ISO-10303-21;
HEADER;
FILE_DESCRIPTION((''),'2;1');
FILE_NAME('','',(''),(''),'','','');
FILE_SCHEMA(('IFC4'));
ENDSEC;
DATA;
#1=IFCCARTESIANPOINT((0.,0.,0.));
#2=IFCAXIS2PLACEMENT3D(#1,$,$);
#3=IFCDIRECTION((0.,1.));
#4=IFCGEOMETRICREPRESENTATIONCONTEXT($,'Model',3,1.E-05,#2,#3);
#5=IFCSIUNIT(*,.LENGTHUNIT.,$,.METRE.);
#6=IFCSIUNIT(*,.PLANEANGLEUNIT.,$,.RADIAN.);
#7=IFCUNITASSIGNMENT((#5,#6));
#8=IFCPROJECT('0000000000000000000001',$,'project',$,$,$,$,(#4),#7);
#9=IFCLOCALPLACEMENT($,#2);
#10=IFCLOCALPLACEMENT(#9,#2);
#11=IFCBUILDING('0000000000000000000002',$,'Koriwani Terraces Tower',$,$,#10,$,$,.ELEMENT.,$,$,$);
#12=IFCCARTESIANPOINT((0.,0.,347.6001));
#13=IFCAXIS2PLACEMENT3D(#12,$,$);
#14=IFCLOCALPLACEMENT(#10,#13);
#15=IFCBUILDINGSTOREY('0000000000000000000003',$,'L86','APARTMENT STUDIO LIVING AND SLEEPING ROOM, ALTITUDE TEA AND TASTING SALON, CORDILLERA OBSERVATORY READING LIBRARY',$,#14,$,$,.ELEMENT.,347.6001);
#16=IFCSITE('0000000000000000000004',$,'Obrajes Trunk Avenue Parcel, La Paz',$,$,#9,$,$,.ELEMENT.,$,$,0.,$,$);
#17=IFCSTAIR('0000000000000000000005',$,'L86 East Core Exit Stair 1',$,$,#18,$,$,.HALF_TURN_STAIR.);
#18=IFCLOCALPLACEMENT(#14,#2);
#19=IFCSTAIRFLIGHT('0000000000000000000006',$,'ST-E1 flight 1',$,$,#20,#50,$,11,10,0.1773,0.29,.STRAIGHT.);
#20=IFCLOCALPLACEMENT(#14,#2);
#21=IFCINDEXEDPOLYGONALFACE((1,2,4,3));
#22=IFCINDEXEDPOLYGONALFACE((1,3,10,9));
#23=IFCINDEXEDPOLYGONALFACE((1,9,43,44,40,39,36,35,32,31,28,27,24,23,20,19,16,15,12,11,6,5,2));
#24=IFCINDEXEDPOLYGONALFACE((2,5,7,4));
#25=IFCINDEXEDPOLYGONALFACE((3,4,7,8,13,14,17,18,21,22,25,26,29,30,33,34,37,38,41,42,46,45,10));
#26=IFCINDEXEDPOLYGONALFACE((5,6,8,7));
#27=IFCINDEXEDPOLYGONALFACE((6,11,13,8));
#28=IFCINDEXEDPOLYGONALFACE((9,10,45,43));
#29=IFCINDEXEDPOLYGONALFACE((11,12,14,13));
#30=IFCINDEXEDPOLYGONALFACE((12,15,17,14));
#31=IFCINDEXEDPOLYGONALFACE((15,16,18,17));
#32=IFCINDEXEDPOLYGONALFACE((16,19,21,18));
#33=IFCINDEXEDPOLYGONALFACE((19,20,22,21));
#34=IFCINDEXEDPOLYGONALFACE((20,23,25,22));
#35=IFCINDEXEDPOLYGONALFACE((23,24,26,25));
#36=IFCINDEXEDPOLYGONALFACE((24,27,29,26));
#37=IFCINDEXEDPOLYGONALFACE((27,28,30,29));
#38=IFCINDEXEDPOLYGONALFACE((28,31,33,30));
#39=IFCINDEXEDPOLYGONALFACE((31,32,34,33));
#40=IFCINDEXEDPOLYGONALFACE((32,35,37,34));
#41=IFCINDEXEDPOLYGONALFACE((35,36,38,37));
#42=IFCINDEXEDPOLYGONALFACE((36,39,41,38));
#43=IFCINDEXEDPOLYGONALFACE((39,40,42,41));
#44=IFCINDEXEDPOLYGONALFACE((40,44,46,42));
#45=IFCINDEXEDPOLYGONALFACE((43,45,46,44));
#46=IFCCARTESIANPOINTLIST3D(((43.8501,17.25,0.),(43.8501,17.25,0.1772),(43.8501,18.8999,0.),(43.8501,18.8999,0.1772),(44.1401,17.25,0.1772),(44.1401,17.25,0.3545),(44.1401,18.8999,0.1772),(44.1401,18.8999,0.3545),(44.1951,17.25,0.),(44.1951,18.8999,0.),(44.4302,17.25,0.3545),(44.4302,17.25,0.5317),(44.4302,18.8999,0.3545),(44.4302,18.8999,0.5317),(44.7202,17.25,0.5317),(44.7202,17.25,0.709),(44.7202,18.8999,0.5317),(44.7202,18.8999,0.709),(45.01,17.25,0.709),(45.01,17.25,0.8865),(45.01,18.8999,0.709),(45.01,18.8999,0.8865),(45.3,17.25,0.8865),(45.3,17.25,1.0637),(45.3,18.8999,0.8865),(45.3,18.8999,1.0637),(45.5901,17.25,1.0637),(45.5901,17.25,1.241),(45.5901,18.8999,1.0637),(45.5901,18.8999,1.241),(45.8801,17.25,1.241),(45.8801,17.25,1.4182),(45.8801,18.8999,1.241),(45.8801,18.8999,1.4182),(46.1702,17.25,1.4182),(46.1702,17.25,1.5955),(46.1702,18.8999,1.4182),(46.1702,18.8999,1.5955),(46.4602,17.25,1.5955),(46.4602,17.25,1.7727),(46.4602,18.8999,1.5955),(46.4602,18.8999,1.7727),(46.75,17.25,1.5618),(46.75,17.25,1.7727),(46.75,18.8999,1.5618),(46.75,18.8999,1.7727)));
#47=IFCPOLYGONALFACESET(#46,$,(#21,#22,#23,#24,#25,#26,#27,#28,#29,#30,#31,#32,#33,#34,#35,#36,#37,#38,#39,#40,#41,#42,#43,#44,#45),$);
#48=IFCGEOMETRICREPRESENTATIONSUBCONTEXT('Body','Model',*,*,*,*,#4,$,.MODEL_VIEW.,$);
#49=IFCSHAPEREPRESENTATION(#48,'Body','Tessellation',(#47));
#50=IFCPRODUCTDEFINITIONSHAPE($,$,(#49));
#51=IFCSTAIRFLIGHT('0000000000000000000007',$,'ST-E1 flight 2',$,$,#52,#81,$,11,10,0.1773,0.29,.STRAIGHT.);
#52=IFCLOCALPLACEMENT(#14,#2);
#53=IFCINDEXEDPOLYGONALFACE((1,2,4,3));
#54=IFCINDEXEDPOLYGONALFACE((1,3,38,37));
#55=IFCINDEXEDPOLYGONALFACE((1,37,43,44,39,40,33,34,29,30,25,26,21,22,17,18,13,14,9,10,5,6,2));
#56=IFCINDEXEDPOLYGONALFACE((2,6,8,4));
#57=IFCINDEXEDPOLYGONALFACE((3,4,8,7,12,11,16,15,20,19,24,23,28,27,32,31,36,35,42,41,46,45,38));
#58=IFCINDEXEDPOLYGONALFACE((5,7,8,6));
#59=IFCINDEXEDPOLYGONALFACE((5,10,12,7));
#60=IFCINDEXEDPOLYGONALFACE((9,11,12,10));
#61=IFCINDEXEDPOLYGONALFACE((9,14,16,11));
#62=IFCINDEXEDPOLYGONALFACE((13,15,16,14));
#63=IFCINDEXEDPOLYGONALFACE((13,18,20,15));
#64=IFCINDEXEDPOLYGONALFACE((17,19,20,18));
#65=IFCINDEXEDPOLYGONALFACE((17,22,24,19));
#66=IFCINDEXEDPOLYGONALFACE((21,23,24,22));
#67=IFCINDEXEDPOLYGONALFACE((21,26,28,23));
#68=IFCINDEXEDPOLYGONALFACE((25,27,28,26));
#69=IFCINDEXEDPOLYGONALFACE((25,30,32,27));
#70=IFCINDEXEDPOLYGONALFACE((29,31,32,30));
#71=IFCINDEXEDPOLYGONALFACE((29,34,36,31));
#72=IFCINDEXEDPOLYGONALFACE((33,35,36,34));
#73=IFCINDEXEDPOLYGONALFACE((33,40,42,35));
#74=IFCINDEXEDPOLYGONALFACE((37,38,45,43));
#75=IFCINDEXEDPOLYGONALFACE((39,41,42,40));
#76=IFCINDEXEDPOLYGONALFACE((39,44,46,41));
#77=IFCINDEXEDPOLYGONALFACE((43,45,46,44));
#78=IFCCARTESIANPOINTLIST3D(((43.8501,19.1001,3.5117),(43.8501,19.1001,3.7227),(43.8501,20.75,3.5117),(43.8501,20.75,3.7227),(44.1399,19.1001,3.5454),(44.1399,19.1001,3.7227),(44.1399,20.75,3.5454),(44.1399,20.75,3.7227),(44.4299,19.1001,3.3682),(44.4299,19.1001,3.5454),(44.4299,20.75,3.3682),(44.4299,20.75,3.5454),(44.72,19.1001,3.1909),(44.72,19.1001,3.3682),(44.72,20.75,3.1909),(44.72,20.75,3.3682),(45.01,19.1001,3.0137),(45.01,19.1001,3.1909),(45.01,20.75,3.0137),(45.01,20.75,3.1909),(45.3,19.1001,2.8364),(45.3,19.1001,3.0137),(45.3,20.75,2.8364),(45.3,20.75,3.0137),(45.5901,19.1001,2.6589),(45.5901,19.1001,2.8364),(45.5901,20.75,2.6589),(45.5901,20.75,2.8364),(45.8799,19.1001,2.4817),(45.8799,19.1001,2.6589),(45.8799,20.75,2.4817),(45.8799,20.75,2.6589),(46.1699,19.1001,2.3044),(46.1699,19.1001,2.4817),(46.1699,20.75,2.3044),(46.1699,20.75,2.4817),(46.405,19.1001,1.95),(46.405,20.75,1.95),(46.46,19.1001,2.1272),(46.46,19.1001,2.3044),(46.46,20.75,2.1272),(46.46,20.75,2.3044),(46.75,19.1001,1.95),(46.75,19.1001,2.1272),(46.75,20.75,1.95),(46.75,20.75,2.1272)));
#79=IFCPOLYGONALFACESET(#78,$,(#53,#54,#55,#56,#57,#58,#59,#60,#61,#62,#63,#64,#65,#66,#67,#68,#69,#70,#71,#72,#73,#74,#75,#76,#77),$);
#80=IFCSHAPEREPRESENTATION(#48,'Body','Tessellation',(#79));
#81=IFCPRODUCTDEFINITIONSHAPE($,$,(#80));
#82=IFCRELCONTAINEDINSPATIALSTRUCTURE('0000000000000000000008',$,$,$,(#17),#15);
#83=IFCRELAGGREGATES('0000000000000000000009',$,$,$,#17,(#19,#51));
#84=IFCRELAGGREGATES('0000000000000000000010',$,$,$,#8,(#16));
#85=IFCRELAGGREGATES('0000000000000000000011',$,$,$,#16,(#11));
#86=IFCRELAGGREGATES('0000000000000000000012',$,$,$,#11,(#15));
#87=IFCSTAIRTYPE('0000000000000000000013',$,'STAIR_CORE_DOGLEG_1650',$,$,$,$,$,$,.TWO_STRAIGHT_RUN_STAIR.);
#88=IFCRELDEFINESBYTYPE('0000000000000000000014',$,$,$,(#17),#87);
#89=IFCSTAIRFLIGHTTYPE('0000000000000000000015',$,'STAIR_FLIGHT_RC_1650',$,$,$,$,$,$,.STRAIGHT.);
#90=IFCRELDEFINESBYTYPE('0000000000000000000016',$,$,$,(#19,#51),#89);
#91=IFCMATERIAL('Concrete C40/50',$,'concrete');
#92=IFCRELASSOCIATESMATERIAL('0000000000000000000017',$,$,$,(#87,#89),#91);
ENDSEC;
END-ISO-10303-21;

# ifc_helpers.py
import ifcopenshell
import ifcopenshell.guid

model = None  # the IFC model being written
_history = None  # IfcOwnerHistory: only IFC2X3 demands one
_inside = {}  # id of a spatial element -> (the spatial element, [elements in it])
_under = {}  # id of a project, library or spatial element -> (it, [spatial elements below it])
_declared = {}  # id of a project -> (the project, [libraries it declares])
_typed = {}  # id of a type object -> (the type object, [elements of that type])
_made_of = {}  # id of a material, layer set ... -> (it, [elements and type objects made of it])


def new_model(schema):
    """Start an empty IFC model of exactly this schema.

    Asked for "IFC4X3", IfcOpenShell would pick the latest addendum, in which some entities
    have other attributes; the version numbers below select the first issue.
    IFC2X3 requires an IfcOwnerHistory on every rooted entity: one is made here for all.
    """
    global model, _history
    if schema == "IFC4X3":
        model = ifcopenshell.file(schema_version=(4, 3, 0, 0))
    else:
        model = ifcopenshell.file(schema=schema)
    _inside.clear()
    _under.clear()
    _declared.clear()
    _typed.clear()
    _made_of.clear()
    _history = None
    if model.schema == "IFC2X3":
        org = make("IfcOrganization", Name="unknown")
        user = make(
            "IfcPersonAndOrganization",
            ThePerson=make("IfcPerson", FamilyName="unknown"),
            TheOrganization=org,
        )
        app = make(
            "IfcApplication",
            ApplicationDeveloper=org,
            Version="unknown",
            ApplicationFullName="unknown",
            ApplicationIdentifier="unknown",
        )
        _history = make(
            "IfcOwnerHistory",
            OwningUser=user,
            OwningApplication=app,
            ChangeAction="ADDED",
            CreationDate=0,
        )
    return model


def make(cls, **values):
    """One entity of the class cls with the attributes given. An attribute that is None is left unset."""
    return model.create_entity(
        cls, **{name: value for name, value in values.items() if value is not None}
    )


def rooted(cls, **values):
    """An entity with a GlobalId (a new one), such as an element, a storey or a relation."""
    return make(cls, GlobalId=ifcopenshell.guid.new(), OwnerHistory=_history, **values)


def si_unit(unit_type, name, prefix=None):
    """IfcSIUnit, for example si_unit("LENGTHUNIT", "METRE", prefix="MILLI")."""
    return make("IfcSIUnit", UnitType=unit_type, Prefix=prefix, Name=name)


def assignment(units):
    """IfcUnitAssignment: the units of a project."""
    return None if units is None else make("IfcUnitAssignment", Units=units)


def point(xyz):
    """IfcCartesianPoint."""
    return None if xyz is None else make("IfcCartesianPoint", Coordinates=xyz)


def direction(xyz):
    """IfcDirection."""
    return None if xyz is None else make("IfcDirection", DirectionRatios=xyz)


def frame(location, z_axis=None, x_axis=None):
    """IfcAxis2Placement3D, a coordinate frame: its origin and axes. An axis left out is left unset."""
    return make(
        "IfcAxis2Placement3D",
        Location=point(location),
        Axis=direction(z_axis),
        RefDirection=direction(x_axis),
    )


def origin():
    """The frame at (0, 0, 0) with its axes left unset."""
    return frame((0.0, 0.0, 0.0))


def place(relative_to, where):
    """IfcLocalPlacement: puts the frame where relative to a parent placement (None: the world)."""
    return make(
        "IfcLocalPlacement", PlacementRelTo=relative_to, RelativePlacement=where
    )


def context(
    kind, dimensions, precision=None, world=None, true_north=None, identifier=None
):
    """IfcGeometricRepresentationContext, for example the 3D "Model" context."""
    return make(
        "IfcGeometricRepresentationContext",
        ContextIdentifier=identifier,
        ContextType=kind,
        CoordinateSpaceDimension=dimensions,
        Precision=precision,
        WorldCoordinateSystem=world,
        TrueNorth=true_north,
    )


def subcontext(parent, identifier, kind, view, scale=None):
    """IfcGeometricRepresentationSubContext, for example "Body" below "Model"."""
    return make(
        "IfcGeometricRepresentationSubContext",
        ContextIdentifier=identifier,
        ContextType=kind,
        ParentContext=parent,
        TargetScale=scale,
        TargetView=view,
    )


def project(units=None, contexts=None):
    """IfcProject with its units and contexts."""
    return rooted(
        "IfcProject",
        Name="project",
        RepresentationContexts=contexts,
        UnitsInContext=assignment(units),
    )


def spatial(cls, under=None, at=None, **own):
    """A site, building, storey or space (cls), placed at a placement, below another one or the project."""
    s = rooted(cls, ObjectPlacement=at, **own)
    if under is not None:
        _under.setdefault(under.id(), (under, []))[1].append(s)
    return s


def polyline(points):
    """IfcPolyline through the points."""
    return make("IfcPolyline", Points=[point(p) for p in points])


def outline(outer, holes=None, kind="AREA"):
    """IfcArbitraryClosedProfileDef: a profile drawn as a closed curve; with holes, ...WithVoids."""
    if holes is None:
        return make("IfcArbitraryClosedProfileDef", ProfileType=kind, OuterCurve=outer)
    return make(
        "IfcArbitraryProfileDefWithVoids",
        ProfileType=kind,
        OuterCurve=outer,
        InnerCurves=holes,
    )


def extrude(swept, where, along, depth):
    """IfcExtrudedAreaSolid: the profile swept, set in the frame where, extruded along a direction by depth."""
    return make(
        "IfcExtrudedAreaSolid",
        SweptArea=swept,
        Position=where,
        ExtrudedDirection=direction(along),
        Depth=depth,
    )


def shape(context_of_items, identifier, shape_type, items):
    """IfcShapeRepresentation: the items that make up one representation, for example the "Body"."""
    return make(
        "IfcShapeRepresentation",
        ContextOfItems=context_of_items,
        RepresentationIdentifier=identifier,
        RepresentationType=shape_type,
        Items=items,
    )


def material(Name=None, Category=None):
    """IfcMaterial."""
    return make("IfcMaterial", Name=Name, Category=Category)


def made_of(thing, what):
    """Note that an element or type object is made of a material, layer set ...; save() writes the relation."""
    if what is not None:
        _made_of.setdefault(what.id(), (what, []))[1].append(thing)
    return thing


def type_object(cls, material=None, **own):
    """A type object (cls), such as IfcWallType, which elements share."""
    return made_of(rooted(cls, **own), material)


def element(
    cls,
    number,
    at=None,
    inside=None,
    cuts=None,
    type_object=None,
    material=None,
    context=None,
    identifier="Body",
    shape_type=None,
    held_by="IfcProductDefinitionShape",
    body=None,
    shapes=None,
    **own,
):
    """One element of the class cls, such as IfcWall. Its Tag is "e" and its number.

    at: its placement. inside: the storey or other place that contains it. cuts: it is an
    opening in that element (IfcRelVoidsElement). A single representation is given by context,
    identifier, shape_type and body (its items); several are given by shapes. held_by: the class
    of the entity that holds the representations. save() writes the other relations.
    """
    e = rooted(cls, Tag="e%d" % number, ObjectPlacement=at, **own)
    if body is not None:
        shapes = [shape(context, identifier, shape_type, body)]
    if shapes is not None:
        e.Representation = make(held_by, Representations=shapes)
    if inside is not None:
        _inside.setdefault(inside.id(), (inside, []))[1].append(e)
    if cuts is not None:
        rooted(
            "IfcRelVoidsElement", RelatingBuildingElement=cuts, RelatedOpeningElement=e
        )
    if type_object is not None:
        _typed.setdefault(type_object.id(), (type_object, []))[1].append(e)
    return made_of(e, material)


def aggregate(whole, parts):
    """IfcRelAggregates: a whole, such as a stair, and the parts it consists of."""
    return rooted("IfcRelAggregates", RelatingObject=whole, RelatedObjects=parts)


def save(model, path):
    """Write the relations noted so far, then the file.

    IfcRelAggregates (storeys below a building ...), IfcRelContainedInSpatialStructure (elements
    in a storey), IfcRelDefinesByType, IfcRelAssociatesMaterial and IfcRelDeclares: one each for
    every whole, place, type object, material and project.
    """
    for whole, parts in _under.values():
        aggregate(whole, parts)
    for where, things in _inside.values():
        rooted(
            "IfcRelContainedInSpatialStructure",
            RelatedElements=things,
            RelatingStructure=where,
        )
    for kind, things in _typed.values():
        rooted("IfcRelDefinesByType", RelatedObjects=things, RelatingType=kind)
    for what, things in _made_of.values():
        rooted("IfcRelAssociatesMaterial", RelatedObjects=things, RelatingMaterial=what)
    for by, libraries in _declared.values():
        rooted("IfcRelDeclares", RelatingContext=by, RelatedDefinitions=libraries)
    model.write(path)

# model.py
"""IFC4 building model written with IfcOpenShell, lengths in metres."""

from ifc_helpers import new_model, si_unit, direction, frame, origin, place, context, subcontext, project, spatial, polyline, outline, extrude, material, type_object, element, aggregate, save


model = new_model("IFC4")

# Units and contexts
model_context = context("Model", 3, precision=1e-05, world=origin(), true_north=direction((0.0, 1.0)))
body_context = subcontext(model_context, "Body", "Model", "MODEL_VIEW")
ifc_project = project(units=[si_unit("LENGTHUNIT", "METRE"), si_unit("PLANEANGLEUNIT", "RADIAN")], contexts=[model_context])

# Site, building, storey
site_placement = place(None, origin())
site = spatial("IfcSite", under=ifc_project, at=site_placement, Name="Obrajes Trunk Avenue Parcel, La Paz", CompositionType="ELEMENT", RefElevation=0.0)
building_placement = place(site_placement, origin())
building = spatial("IfcBuilding", under=site, at=building_placement, Name="Koriwani Terraces Tower", CompositionType="ELEMENT")
storey_placement = place(building_placement, frame((0.0, 0.0, 347.6001)))
storey = spatial("IfcBuildingStorey", under=building, at=storey_placement, Name="L86", Description="APARTMENT STUDIO LIVING AND SLEEPING ROOM, ALTITUDE TEA AND TASTING SALON, CORDILLERA OBSERVATORY READING LIBRARY", CompositionType="ELEMENT", Elevation=347.6001)

# Shared definitions
ifc_material_1 = material(Name="Concrete C40/50", Category="concrete")

# Stair, stair flights
stair_type = type_object("IfcStairType", Name="STAIR_CORE_DOGLEG_1650", PredefinedType="TWO_STRAIGHT_RUN_STAIR", material=ifc_material_1)
stair_placement = place(storey_placement, origin())
stair = element("IfcStair", 1, at=stair_placement, inside=storey, type_object=stair_type, Name="L86 East Core Exit Stair 1", PredefinedType="HALF_TURN_STAIR")
stair_flight_type = type_object("IfcStairFlightType", Name="STAIR_FLIGHT_RC_1650", PredefinedType="STRAIGHT", material=ifc_material_1)
stair_flight_1_placement = place(storey_placement, frame((43.8501, 18.075, 0.0), z_axis=(0.0, 0.0, 1.0), x_axis=(1.0, 0.0, 0.0)))
stair_flight_1 = element("IfcStairFlight", 2, at=stair_flight_1_placement, type_object=stair_flight_type, Name="ST-E1 flight 1", NumberOfRisers=11, NumberOfTreads=10, PredefinedType="STRAIGHT", RiserHeight=0.1773, TreadLength=0.29, context=body_context, shape_type="SweptSolid", body=[
    extrude(outline(polyline([(0.0, 0.0), (0.0, 0.1772), (0.29, 0.1772), (0.29, 0.3545), (0.5801, 0.3545), (0.5801, 0.5317), (0.8701, 0.5317), (0.8701, 0.709), (1.1599, 0.709), (1.1599, 0.8865), (1.45, 0.8865), (1.45, 1.0637), (1.74, 1.0637), (1.74, 1.241), (2.03, 1.241), (2.03, 1.4182), (2.3201, 1.4182), (2.3201, 1.5955), (2.6101, 1.5955), (2.6101, 1.7727), (2.8999, 1.7727), (2.8999, 1.95), (2.8999, 1.5618), (0.345, 0.0), (0.0, 0.0)])), frame((0.0, 0.825, 0.0), z_axis=(0.0, -1.0, 0.0), x_axis=(1.0, 0.0, 0.0)), (0.0, 0.0, 1.0), 1.6499),
])
stair_flight_2_placement = place(storey_placement, frame((46.75, 19.925, 1.95), z_axis=(0.0, 0.0, 1.0), x_axis=(-1.0, 0.0, 0.0)))
stair_flight_2 = element("IfcStairFlight", 3, at=stair_flight_2_placement, type_object=stair_flight_type, Name="ST-E1 flight 2", NumberOfRisers=11, NumberOfTreads=10, PredefinedType="STRAIGHT", RiserHeight=0.1773, TreadLength=0.29, context=body_context, shape_type="SweptSolid", body=[
    extrude(outline(polyline([(0.0, 0.0), (0.0, 0.1772), (0.29, 0.1772), (0.29, 0.3545), (0.5801, 0.3545), (0.5801, 0.5317), (0.8701, 0.5317), (0.8701, 0.709), (1.1599, 0.709), (1.1599, 0.8865), (1.45, 0.8865), (1.45, 1.0637), (1.74, 1.0637), (1.74, 1.241), (2.03, 1.241), (2.03, 1.4182), (2.3201, 1.4182), (2.3201, 1.5955), (2.6101, 1.5955), (2.6101, 1.7727), (2.8999, 1.7727), (2.8999, 1.95), (2.8999, 1.5618), (0.345, 0.0), (0.0, 0.0)])), frame((0.0, 0.825, 0.0), z_axis=(0.0, -1.0, 0.0), x_axis=(1.0, 0.0, 0.0)), (0.0, 0.0, 1.0), 1.6499),
])
aggregate(stair, [stair_flight_1, stair_flight_2])

save(model, "model.ifc")
